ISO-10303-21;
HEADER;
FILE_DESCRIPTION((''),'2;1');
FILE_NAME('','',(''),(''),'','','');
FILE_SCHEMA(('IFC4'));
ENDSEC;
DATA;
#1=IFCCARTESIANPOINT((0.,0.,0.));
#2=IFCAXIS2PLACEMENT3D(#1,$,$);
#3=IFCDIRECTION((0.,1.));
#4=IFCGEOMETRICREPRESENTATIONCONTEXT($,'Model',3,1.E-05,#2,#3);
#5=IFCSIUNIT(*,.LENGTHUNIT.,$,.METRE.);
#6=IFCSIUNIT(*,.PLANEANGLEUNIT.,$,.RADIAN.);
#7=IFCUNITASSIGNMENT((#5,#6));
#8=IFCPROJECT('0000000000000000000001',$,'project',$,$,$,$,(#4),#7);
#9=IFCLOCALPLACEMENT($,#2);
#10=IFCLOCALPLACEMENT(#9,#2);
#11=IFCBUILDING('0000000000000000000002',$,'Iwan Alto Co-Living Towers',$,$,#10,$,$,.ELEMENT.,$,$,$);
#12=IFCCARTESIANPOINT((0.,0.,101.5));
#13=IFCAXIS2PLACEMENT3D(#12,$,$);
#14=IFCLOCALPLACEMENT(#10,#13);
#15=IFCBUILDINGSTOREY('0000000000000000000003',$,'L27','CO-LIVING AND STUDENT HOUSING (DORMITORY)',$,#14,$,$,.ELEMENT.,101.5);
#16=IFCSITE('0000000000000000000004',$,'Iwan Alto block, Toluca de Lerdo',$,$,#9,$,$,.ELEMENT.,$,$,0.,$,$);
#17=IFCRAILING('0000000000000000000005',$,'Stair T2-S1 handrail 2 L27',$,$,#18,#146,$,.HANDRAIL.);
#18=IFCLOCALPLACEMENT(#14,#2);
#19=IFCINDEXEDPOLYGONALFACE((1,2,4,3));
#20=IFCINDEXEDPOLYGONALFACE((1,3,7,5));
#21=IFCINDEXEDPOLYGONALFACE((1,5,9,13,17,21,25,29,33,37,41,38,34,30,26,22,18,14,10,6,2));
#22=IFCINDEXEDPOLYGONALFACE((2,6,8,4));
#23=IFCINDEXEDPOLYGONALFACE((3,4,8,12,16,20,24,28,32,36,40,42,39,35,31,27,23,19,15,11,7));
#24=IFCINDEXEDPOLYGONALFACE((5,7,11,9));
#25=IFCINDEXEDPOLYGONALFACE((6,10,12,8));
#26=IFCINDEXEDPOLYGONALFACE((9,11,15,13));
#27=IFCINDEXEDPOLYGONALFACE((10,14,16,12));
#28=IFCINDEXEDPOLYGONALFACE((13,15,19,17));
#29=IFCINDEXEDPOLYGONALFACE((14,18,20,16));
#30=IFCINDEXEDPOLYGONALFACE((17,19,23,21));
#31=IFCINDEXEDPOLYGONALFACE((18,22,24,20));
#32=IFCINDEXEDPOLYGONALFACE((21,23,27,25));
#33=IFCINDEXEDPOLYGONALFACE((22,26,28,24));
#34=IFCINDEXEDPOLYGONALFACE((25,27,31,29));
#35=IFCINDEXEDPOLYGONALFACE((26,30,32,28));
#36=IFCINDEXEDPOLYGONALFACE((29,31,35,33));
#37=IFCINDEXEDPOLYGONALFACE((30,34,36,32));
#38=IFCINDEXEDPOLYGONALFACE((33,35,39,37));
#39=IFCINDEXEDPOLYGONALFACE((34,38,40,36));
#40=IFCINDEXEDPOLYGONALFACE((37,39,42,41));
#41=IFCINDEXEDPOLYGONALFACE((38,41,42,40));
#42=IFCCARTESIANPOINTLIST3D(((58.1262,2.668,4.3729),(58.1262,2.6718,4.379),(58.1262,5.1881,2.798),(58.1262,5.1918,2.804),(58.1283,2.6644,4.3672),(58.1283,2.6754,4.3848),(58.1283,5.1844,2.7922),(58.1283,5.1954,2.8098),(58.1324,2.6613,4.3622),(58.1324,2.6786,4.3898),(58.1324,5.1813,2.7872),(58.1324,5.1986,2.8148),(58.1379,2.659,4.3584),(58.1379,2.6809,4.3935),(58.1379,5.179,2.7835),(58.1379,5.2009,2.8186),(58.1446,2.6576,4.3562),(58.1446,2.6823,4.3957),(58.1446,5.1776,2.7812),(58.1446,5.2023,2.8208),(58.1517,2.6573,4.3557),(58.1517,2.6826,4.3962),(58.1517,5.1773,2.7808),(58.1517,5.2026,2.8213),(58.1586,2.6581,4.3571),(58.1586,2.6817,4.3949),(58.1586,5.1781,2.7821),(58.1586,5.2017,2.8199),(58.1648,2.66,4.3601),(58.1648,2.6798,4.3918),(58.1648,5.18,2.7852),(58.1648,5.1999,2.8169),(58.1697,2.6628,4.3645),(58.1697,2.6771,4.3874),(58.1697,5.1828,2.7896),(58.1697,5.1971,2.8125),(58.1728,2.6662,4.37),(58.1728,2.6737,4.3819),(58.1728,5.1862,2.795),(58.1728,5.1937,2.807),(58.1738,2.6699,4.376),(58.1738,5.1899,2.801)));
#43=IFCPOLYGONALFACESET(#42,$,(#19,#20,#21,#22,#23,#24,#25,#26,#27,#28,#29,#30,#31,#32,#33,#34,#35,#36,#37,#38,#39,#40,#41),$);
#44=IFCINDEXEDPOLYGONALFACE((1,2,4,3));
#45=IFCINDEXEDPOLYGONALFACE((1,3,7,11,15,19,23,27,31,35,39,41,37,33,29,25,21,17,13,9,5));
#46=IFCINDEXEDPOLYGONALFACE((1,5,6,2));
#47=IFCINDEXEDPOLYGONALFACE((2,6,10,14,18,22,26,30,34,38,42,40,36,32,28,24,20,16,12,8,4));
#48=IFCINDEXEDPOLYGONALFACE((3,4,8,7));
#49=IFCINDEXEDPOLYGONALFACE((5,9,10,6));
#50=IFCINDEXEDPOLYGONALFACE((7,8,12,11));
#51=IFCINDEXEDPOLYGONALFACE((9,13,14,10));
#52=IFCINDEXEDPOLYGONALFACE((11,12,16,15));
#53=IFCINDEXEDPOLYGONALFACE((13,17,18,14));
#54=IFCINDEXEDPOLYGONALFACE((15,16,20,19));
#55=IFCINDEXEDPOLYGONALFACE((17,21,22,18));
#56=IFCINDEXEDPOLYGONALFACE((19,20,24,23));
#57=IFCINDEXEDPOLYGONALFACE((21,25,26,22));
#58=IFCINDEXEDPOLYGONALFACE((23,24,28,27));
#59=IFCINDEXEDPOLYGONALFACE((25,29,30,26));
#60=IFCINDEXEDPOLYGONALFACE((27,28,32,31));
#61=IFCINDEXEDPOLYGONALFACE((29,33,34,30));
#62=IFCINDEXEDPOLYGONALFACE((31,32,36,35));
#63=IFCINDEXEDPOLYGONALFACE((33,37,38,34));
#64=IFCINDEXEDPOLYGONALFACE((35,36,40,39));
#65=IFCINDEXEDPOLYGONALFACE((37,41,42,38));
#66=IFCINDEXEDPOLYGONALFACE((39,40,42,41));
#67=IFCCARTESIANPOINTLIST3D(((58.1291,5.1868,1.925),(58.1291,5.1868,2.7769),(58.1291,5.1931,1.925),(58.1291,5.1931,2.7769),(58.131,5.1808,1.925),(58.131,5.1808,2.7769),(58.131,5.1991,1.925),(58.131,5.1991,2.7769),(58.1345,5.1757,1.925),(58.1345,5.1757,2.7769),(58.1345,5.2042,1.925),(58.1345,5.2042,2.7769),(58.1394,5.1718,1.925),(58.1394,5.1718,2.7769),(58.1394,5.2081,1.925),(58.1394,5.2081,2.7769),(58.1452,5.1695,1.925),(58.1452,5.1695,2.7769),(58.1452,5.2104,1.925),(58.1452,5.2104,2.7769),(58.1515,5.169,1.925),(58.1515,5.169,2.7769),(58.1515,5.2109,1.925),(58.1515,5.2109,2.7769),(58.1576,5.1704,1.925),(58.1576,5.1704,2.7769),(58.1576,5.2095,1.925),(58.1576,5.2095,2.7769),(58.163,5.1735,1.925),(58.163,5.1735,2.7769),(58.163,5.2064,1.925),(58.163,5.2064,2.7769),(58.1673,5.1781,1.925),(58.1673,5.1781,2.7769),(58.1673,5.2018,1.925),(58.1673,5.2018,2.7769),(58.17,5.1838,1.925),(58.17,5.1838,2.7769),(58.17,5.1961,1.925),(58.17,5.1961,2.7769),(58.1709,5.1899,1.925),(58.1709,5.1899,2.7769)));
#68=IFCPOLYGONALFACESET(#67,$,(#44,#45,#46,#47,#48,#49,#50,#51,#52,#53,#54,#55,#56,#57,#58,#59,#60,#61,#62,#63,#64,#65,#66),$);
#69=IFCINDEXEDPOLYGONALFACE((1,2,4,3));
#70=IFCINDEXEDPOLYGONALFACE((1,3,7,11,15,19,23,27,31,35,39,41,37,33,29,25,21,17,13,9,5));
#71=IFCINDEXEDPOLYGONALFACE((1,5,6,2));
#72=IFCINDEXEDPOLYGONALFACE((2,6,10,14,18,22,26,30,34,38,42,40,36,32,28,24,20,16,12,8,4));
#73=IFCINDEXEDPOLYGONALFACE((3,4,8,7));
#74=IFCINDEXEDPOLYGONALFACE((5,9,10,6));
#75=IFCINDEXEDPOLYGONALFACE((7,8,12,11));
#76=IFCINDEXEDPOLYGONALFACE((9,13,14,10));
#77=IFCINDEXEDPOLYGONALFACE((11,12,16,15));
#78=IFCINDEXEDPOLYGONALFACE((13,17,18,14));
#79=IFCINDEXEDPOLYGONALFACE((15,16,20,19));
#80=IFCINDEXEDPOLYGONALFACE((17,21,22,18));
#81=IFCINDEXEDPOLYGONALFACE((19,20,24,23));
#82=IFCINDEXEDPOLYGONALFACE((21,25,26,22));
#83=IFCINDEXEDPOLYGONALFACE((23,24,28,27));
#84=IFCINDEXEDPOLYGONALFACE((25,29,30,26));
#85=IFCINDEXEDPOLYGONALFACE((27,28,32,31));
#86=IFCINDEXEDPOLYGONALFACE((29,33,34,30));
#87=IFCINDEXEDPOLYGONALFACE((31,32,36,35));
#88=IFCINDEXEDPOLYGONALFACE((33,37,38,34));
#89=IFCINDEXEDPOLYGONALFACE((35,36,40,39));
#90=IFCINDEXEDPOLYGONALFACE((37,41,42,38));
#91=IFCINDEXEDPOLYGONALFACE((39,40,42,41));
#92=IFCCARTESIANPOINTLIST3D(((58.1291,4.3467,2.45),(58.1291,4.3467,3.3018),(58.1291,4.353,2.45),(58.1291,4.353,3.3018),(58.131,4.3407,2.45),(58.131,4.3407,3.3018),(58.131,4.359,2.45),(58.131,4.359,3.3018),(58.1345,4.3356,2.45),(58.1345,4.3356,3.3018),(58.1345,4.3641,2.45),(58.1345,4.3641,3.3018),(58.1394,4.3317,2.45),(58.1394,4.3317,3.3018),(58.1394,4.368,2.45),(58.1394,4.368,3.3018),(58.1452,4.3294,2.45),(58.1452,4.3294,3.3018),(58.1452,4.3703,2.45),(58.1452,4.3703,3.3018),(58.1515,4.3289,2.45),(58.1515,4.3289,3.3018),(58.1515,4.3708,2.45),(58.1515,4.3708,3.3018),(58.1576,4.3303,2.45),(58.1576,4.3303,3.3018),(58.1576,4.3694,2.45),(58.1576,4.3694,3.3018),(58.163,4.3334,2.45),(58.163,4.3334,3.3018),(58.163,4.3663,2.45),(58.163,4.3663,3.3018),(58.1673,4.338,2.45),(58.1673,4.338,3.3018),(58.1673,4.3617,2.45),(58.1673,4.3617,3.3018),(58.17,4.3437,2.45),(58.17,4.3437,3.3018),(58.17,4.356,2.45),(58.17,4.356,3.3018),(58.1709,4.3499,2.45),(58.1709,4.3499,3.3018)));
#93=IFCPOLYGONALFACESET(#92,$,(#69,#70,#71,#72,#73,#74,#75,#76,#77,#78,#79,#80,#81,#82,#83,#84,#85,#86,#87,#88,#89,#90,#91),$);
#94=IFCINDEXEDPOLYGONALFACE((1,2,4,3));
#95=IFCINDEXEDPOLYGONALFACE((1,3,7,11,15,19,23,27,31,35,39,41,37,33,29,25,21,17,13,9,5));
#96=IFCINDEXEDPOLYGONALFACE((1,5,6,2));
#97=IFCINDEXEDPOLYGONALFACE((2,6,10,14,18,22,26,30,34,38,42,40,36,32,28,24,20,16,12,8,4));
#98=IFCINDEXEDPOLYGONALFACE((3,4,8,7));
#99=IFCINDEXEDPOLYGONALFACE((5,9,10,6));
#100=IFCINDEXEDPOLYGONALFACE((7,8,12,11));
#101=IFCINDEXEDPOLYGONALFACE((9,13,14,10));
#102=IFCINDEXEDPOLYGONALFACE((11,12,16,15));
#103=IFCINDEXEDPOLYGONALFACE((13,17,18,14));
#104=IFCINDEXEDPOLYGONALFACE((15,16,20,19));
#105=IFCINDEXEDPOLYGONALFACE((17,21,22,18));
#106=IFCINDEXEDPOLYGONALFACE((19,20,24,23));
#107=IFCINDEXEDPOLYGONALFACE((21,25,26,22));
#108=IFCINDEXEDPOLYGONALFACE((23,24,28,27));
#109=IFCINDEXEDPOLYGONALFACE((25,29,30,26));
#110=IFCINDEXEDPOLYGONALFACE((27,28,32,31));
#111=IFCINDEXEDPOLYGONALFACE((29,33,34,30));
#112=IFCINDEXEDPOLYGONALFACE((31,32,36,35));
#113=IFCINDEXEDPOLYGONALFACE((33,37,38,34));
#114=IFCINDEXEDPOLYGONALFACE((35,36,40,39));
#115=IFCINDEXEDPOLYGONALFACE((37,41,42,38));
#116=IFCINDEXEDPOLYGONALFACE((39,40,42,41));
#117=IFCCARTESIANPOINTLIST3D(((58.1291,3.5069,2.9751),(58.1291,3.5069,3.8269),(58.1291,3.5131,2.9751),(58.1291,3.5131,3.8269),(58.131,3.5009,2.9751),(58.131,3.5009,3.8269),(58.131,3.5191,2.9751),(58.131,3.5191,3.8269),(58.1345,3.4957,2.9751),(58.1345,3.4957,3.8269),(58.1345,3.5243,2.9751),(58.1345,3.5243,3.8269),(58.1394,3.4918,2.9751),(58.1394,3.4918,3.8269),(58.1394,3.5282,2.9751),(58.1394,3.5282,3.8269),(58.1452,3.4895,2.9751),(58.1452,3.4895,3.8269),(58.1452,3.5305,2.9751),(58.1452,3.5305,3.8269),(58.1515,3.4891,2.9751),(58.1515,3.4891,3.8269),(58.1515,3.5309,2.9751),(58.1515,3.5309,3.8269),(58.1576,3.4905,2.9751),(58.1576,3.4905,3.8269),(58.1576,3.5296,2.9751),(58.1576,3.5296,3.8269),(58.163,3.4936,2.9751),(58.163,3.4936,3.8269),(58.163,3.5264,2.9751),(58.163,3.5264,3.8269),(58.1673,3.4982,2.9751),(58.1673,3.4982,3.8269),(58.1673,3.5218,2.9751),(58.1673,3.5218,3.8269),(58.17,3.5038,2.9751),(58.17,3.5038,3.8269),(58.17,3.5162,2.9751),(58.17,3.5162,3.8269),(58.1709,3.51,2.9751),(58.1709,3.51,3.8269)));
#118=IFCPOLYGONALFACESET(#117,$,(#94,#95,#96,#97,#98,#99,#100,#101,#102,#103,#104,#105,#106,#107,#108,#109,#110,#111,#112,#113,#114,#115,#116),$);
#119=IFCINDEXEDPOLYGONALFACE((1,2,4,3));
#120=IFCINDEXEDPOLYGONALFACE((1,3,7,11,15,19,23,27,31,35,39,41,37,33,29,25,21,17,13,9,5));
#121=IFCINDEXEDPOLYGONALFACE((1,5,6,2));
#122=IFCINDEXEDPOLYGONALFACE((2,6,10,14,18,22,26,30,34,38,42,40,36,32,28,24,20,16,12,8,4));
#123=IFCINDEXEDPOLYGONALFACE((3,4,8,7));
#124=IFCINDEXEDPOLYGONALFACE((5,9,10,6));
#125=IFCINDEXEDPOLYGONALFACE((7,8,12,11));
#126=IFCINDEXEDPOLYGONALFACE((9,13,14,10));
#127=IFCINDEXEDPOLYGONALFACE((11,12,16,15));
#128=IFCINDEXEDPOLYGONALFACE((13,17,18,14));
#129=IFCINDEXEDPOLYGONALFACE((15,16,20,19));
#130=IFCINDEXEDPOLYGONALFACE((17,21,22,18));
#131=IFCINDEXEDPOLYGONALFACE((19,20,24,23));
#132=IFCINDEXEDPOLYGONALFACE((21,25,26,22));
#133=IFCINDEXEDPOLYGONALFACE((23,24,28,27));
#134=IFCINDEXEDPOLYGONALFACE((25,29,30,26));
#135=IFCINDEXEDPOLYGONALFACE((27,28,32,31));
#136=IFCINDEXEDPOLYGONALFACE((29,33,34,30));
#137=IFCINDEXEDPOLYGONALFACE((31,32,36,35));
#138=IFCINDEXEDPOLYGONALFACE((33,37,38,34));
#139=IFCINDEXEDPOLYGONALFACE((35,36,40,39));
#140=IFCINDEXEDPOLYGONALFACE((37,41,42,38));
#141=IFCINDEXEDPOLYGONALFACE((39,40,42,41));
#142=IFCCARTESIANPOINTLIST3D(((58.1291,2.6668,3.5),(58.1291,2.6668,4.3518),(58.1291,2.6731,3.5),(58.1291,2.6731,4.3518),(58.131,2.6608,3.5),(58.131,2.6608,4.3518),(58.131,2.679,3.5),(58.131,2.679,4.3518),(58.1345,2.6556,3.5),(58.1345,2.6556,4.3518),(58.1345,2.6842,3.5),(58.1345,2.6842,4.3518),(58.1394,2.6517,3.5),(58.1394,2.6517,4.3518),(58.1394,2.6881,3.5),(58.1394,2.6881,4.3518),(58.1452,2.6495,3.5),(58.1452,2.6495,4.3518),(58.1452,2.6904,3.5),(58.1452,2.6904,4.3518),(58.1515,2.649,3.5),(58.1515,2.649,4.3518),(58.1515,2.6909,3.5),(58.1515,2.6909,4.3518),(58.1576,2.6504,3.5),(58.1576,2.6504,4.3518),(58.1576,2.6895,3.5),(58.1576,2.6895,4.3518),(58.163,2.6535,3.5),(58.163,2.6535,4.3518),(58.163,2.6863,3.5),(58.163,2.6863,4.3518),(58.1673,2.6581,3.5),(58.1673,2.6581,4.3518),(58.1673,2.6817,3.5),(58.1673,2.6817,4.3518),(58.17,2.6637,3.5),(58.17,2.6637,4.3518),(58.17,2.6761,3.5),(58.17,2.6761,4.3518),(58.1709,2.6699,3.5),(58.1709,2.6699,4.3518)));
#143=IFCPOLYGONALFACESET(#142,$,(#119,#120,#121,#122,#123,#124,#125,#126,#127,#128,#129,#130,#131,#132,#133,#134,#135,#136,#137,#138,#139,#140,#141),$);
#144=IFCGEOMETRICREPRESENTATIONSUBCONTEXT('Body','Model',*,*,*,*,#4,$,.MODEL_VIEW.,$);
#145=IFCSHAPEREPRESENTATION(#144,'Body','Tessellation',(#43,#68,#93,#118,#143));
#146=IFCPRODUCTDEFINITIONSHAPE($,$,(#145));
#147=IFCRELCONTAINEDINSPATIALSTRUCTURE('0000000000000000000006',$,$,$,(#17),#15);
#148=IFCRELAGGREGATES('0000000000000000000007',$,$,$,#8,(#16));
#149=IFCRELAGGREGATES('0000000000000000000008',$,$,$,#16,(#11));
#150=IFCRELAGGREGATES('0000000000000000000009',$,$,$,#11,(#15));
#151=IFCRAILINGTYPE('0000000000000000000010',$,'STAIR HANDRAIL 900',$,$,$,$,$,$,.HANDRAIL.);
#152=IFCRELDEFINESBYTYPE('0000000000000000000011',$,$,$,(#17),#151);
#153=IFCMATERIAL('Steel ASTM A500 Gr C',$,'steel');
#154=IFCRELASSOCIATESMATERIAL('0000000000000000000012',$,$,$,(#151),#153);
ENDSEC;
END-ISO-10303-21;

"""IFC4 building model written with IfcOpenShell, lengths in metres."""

from ifc_helpers import new_model, si_unit, direction, frame, origin, origin_2d, place, context, subcontext, project, spatial, circle, extrude, material, type_object, element, save


model = new_model("IFC4")

# Units and contexts
model_context = context("Model", 3, precision=1e-05, world=origin(), true_north=direction((0.0, 1.0)))
body_context = subcontext(model_context, "Body", "Model", "MODEL_VIEW")
ifc_project = project(units=[si_unit("LENGTHUNIT", "METRE"), si_unit("PLANEANGLEUNIT", "RADIAN")], contexts=[model_context])

# Site, building, storey
site_placement = place(None, origin())
site = spatial("IfcSite", under=ifc_project, at=site_placement, Name="Iwan Alto block, Toluca de Lerdo", CompositionType="ELEMENT", RefElevation=0.0)
building_placement = place(site_placement, origin())
building = spatial("IfcBuilding", under=site, at=building_placement, Name="Iwan Alto Co-Living Towers", CompositionType="ELEMENT")
storey_placement = place(building_placement, frame((0.0, 0.0, 101.5)))
storey = spatial("IfcBuildingStorey", under=building, at=storey_placement, Name="L27", Description="CO-LIVING AND STUDENT HOUSING (DORMITORY)", CompositionType="ELEMENT", Elevation=101.5)

# Railing
ifc_material_1 = material(Name="Steel ASTM A500 Gr C", Category="steel")
railing_type_1 = type_object("IfcRailingType", Name="STAIR HANDRAIL 900", PredefinedType="HANDRAIL", material=ifc_material_1)
railing_1_placement = place(storey_placement, frame((58.1499, 5.1899, 1.925)))
element("IfcRailing", 1, at=railing_1_placement, inside=storey, type_object=railing_type_1, Name="Stair T2-S1 handrail 2 L27", PredefinedType="HANDRAIL", context=body_context, shape_type="SweptSolid", body=[
    extrude(circle(Radius=0.0239, at=origin_2d()), frame((0.0, 0.0, 0.876), z_axis=(0.0, -0.848008, 0.529984), x_axis=(1.0, 0.0, 0.0)), (0.0, 0.0, 1.0), 2.9717),
    extrude(circle(Radius=0.021, at=origin_2d()), origin(), (0.0, 0.0, 1.0), 0.8518),
    extrude(circle(Radius=0.021, at=origin_2d()), frame((0.0, -0.8401, 0.5249)), (0.0, 0.0, 1.0), 0.8518),
    extrude(circle(Radius=0.021, at=origin_2d()), frame((0.0, -1.6799, 1.05)), (0.0, 0.0, 1.0), 0.8518),
    extrude(circle(Radius=0.021, at=origin_2d()), frame((0.0, -2.52, 1.575)), (0.0, 0.0, 1.0), 0.8518),
])

save(model, "model.ifc")
